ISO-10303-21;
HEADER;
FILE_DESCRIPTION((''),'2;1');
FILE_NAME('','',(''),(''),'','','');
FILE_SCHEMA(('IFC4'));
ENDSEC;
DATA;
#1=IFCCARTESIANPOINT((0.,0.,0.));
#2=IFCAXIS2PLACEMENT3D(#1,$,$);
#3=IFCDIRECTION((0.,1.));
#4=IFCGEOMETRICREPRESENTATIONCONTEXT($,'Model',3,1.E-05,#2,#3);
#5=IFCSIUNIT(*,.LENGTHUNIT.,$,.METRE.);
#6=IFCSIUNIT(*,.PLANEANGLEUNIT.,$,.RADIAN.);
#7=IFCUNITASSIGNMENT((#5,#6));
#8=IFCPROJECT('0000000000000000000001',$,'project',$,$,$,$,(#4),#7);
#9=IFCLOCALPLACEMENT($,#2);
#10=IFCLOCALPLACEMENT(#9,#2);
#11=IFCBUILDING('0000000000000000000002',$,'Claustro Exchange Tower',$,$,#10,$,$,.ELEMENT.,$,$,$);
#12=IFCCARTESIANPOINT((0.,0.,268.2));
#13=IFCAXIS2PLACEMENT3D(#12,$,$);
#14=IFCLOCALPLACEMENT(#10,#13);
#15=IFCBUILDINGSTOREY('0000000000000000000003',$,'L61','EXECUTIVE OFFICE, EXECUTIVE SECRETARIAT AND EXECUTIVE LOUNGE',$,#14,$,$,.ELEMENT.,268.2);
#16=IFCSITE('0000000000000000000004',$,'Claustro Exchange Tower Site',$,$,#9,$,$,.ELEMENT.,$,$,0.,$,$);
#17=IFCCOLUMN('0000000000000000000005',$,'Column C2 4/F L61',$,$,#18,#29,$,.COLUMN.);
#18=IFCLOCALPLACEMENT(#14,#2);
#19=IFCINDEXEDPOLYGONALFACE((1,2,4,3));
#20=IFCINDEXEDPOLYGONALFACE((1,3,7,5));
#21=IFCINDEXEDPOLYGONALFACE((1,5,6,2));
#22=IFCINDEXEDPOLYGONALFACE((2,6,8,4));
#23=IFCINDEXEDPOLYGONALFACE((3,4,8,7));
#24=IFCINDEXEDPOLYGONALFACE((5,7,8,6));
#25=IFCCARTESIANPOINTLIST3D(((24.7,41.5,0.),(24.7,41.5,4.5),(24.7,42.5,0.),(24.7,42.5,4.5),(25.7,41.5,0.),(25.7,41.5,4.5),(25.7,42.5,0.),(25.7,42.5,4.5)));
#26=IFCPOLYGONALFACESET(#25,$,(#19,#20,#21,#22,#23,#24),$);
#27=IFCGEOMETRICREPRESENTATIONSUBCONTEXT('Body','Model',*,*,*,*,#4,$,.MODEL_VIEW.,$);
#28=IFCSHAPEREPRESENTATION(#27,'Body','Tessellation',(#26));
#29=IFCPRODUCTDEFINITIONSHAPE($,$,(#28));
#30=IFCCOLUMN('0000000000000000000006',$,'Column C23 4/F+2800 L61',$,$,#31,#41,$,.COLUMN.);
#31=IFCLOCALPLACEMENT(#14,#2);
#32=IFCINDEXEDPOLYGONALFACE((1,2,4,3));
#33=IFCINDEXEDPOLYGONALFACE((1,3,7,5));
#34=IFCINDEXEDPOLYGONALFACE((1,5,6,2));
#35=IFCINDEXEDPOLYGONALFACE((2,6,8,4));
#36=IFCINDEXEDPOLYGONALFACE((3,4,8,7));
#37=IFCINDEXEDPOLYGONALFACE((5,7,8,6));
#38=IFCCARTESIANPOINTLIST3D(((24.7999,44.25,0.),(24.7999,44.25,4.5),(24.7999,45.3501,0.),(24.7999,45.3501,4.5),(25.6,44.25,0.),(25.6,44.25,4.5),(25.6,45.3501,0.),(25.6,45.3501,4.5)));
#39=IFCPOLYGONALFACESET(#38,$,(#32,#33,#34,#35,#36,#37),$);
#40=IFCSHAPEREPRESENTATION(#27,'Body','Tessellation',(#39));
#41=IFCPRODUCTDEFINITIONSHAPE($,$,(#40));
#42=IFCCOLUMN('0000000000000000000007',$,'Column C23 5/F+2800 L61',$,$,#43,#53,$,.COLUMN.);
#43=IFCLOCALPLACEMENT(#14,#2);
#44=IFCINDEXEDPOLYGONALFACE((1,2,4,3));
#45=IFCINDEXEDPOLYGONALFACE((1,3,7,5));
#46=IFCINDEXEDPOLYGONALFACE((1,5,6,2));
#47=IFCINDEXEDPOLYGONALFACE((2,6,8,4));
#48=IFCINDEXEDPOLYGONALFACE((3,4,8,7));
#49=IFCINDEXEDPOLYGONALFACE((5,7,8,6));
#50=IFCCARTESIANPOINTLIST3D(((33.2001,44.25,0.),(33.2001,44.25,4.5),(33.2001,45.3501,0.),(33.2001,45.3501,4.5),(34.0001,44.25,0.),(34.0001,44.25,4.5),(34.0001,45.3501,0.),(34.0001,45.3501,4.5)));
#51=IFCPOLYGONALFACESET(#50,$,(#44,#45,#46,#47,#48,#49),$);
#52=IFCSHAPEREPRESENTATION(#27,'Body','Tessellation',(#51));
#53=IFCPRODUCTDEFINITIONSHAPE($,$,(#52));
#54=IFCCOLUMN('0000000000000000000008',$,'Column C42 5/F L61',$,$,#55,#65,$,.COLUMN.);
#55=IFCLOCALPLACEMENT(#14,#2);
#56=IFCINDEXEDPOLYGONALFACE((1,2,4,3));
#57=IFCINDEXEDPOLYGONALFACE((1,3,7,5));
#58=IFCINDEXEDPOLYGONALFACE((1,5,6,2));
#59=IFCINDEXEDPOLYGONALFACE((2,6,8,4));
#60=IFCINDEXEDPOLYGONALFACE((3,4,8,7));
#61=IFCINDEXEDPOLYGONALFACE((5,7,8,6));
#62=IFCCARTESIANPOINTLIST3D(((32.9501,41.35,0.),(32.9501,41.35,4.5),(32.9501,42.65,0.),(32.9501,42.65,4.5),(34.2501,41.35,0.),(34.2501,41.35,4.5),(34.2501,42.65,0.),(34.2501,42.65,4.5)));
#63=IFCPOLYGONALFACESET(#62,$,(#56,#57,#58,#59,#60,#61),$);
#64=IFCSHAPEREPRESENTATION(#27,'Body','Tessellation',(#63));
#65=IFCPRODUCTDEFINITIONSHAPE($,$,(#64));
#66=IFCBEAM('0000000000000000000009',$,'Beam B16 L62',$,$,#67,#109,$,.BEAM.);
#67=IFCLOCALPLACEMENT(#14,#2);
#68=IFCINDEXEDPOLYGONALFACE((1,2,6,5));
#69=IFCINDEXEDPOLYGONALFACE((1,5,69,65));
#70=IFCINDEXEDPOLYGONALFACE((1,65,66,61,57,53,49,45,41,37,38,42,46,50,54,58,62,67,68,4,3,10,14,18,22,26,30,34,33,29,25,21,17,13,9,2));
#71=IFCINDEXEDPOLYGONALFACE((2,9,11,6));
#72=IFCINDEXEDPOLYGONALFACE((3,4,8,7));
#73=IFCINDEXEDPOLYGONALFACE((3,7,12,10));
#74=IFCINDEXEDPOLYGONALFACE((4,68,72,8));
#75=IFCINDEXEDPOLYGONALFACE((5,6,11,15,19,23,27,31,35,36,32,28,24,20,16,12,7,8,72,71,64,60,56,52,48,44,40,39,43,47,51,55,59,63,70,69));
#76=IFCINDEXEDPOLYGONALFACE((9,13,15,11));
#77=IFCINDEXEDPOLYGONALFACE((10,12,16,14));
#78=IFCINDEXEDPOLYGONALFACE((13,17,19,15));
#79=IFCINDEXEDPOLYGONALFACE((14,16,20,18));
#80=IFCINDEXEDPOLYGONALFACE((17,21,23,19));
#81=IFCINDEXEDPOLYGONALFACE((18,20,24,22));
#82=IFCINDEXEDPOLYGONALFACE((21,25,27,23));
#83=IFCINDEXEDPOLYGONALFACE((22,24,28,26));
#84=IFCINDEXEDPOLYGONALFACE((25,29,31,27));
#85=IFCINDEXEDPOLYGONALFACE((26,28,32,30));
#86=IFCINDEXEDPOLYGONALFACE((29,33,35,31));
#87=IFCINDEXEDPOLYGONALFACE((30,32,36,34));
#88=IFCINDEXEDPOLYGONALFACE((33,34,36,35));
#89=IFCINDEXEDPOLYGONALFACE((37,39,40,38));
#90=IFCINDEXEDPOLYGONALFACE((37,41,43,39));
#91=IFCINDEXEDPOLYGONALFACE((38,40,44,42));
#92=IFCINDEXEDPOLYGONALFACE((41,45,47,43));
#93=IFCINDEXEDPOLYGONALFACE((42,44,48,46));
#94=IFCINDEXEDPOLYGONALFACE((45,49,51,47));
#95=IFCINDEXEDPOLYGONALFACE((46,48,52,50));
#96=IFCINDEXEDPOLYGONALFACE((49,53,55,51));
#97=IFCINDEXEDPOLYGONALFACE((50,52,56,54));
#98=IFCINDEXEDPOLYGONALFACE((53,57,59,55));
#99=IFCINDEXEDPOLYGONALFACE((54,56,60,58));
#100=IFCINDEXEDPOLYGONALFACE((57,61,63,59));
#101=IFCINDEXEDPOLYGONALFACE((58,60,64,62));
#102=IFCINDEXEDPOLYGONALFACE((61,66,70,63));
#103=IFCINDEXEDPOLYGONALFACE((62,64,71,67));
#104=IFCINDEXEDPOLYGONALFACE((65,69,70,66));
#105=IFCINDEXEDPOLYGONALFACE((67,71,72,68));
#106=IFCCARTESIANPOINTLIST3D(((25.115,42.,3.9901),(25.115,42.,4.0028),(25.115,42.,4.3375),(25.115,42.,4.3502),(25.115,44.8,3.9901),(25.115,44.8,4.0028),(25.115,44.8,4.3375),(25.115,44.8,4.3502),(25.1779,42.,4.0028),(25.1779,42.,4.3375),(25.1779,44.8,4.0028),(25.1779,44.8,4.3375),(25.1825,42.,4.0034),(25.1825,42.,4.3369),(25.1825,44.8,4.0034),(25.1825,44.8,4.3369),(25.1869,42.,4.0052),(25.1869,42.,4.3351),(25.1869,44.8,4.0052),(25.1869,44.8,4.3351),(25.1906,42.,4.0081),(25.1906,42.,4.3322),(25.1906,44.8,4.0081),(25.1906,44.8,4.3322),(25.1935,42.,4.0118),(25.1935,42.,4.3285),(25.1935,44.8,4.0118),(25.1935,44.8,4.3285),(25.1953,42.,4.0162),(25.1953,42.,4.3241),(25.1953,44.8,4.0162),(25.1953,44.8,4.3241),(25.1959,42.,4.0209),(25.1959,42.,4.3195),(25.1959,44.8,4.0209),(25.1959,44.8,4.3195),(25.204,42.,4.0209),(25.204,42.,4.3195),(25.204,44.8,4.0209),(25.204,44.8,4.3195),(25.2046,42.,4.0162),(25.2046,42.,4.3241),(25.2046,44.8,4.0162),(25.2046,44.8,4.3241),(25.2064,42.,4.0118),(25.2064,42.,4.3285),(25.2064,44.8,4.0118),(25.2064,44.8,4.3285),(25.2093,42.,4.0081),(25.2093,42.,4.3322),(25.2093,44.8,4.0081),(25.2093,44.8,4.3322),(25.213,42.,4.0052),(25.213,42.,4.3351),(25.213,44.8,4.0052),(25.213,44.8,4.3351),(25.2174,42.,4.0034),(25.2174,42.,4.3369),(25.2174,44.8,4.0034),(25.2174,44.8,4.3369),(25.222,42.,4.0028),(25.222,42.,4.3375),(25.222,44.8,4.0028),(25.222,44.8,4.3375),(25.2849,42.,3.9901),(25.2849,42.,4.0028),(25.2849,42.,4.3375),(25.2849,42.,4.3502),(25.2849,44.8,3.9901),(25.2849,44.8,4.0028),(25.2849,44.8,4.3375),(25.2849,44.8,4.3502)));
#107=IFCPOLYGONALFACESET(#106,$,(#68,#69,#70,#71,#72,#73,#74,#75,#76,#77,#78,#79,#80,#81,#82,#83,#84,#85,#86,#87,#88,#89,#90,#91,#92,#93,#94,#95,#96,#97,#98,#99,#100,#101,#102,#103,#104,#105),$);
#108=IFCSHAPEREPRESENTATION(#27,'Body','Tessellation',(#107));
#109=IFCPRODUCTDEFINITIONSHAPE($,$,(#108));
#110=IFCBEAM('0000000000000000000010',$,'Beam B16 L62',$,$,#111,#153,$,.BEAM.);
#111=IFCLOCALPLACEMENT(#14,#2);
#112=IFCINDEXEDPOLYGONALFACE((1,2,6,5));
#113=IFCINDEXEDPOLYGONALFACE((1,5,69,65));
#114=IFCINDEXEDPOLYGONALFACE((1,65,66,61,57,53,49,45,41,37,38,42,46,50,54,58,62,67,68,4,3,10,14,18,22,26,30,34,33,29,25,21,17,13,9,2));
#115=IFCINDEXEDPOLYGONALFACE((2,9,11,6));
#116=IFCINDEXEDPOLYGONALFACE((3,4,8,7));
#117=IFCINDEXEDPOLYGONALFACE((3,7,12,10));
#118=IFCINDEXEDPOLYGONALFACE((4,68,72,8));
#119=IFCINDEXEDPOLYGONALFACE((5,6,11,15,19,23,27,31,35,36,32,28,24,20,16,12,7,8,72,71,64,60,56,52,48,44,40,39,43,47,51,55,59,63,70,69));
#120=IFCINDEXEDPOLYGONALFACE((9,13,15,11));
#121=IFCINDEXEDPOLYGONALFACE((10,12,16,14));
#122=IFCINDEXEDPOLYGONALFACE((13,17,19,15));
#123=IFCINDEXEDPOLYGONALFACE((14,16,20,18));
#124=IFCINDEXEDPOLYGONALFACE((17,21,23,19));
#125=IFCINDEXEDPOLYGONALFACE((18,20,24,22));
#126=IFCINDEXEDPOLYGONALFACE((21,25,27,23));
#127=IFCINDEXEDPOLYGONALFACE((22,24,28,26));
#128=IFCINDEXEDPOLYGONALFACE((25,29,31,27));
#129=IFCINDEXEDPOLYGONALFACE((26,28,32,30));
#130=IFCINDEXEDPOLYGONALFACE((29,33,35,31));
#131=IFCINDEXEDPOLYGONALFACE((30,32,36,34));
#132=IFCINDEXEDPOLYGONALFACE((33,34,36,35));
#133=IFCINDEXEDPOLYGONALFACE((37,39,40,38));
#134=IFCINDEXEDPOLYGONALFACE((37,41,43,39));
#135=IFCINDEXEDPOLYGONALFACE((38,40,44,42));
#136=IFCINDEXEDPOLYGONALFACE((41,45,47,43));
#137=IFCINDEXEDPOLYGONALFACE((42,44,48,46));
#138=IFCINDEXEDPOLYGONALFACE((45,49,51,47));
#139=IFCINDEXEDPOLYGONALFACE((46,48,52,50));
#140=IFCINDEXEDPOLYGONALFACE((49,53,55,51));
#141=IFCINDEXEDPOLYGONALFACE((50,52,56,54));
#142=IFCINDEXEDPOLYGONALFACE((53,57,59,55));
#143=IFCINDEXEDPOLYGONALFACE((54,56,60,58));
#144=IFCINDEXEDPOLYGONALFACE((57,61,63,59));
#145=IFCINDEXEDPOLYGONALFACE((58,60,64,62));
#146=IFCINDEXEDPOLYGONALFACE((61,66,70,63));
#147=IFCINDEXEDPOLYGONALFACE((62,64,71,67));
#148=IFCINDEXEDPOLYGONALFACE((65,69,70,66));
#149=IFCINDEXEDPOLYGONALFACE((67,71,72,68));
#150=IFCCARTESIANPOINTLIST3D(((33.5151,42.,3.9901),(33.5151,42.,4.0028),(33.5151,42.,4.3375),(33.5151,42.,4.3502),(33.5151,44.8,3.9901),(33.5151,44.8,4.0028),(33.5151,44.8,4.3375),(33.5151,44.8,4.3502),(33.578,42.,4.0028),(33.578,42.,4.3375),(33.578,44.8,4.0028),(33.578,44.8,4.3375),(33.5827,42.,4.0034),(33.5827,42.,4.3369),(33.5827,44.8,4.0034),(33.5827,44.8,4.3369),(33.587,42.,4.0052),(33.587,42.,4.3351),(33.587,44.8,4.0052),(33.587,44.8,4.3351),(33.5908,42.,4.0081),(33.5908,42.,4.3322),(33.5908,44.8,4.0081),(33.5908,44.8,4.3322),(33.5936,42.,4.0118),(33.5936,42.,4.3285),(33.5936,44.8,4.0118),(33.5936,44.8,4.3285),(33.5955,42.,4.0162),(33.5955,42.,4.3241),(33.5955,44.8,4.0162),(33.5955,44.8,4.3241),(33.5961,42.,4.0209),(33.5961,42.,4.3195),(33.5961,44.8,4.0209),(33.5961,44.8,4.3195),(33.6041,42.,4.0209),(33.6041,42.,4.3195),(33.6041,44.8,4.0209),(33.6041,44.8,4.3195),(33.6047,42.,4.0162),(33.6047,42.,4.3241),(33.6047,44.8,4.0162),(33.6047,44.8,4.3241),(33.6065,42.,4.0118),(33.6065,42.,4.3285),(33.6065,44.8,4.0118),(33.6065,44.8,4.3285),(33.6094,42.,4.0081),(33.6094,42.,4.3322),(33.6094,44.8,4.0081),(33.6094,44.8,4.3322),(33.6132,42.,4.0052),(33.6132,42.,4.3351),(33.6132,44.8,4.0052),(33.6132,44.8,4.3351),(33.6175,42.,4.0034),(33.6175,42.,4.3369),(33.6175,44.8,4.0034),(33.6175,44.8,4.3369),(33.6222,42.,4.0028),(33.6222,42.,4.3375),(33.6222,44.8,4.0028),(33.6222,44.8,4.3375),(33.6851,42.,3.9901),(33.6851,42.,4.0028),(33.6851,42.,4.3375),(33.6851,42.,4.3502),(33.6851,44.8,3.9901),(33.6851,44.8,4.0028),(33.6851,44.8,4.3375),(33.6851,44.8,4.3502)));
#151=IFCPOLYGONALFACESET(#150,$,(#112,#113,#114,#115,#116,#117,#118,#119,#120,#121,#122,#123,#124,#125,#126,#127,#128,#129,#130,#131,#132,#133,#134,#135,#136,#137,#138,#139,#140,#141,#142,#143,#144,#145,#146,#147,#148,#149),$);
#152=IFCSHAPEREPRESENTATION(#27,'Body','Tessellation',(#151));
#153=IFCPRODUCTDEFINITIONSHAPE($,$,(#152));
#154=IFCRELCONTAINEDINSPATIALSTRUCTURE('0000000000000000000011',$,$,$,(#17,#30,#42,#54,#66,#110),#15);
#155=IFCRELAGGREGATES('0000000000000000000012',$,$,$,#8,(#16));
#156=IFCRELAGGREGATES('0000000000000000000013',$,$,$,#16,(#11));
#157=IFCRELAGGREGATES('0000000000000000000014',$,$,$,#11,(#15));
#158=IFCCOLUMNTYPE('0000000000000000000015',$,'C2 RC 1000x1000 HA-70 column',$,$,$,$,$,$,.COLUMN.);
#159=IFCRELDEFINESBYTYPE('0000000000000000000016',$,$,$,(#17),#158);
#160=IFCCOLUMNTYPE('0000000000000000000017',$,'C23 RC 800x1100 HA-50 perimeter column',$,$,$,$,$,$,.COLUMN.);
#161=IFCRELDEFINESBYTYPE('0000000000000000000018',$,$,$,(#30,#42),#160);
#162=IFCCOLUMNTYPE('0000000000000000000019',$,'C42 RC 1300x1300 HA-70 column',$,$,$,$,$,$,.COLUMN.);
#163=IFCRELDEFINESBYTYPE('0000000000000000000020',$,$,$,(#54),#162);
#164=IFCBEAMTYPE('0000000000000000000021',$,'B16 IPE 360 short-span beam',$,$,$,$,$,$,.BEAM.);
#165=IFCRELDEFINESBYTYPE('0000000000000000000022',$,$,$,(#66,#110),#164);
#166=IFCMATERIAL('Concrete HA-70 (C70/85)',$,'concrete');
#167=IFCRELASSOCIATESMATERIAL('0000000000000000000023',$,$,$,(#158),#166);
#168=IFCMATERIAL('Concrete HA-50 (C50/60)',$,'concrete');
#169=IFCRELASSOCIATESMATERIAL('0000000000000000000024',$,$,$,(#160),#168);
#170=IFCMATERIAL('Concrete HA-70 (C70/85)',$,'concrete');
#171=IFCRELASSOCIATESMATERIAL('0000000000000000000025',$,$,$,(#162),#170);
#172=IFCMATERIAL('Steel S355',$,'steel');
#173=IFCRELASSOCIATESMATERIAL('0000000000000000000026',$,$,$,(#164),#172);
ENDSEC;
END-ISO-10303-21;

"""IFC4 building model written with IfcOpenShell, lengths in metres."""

from ifc_helpers import new_model, si_unit, direction, frame, origin, origin_2d, place, context, subcontext, project, spatial, rectangle, i_section, extrude, material, material_profile, profile_set, type_object, element, save


model = new_model("IFC4")

# Units and contexts
model_context = context("Model", 3, precision=1e-05, world=origin(), true_north=direction((0.0, 1.0)))
body_context = subcontext(model_context, "Body", "Model", "MODEL_VIEW")
ifc_project = project(units=[si_unit("LENGTHUNIT", "METRE"), si_unit("PLANEANGLEUNIT", "RADIAN")], contexts=[model_context])

# Site, building, storey
site_placement = place(None, origin())
site = spatial("IfcSite", under=ifc_project, at=site_placement, Name="Claustro Exchange Tower Site", CompositionType="ELEMENT", RefElevation=0.0)
building_placement = place(site_placement, origin())
building = spatial("IfcBuilding", under=site, at=building_placement, Name="Claustro Exchange Tower", CompositionType="ELEMENT")
storey_placement = place(building_placement, frame((0.0, 0.0, 268.2)))
storey = spatial("IfcBuildingStorey", under=building, at=storey_placement, Name="L61", Description="EXECUTIVE OFFICE, EXECUTIVE SECRETARIAT AND EXECUTIVE LOUNGE", CompositionType="ELEMENT", Elevation=268.2)

# Columns
ifc_material_1 = material(Name="Concrete HA-70 (C70/85)", Category="concrete")
ifc_material_profile_1 = material_profile(ifc_material_1, rectangle(XDim=1.0, YDim=1.0, at=origin_2d()), Name="RC 1000x1000")
ifc_profile_set_1 = profile_set([ifc_material_profile_1], Name="Concrete HA-70 (C70/85)")
column_type_1 = type_object("IfcColumnType", Name="C2 RC 1000x1000 HA-70 column", PredefinedType="COLUMN", material=ifc_profile_set_1)
column_1_placement = place(storey_placement, frame((25.2, 42.0, 0.0), z_axis=(0.0, 0.0, 1.0), x_axis=(1.0, 0.0, 0.0)))
element("IfcColumn", 1, at=column_1_placement, inside=storey, type_object=column_type_1, Name="Column C2 4/F L61", PredefinedType="COLUMN", context=body_context, shape_type="SweptSolid", body=[
    extrude(rectangle(XDim=1.0, YDim=1.0, at=origin_2d()), origin(), (0.0, 0.0, 1.0), 4.5),
])
ifc_material_2 = material(Name="Concrete HA-50 (C50/60)", Category="concrete")
ifc_material_profile_2 = material_profile(ifc_material_2, rectangle(XDim=0.8, YDim=1.1001, at=origin_2d()), Name="RC 800x1100")
ifc_profile_set_2 = profile_set([ifc_material_profile_2], Name="Concrete HA-50 (C50/60)")
column_type_2 = type_object("IfcColumnType", Name="C23 RC 800x1100 HA-50 perimeter column", PredefinedType="COLUMN", material=ifc_profile_set_2)
for number, where, z_axis, x_axis, name in (
    (2, (25.2, 44.8, 0.0), (0.0, 0.0, 1.0), (1.0, 0.0, 0.0), "Column C23 4/F+2800 L61"),
    (3, (33.6001, 44.8, 0.0), (0.0, 0.0, 1.0), (1.0, 0.0, 0.0), "Column C23 5/F+2800 L61"),
):
    element("IfcColumn", number, at=place(storey_placement, frame(where, z_axis=z_axis, x_axis=x_axis)), inside=storey, type_object=column_type_2, Name=name, PredefinedType="COLUMN", context=body_context, shape_type="SweptSolid", body=[
        extrude(rectangle(XDim=0.8, YDim=1.1001, at=origin_2d()), origin(), (0.0, 0.0, 1.0), 4.5),
    ])
ifc_material_3 = material(Name="Concrete HA-70 (C70/85)", Category="concrete")
ifc_material_profile_3 = material_profile(ifc_material_3, rectangle(XDim=1.3, YDim=1.3, at=origin_2d()), Name="RC 1300x1300")
ifc_profile_set_3 = profile_set([ifc_material_profile_3], Name="Concrete HA-70 (C70/85)")
column_type_3 = type_object("IfcColumnType", Name="C42 RC 1300x1300 HA-70 column", PredefinedType="COLUMN", material=ifc_profile_set_3)
column_2_placement = place(storey_placement, frame((33.6001, 42.0, 0.0), z_axis=(0.0, 0.0, 1.0), x_axis=(1.0, 0.0, 0.0)))
element("IfcColumn", 4, at=column_2_placement, inside=storey, type_object=column_type_3, Name="Column C42 5/F L61", PredefinedType="COLUMN", context=body_context, shape_type="SweptSolid", body=[
    extrude(rectangle(XDim=1.3, YDim=1.3, at=origin_2d()), origin(), (0.0, 0.0, 1.0), 4.5),
])

# Beams
ifc_material_4 = material(Name="Steel S355", Category="steel")
ifc_material_profile_4 = material_profile(ifc_material_4, i_section(OverallWidth=0.1699, OverallDepth=0.3601, WebThickness=0.0081, FlangeThickness=0.0127, FilletRadius=0.0181, at=origin_2d()), Name="IPE 360")
ifc_profile_set_4 = profile_set([ifc_material_profile_4], Name="Steel S355")
beam_type_1 = type_object("IfcBeamType", Name="B16 IPE 360 short-span beam", PredefinedType="BEAM", material=ifc_profile_set_4)
for number, where, z_axis, x_axis, name in (
    (5, (25.2, 42.0, 4.1702), (0.0, 1.0, 0.0), (-1.0, 0.0, 0.0), "Beam B16 L62"),
    (6, (33.6001, 42.0, 4.1702), (0.0, 1.0, 0.0), (-1.0, 0.0, 0.0), "Beam B16 L62"),
):
    element("IfcBeam", number, at=place(storey_placement, frame(where, z_axis=z_axis, x_axis=x_axis)), inside=storey, type_object=beam_type_1, Name=name, PredefinedType="BEAM", context=body_context, shape_type="SweptSolid", body=[
        extrude(i_section(OverallWidth=0.1699, OverallDepth=0.3601, WebThickness=0.0081, FlangeThickness=0.0127, FilletRadius=0.0181, at=origin_2d()), origin(), (0.0, 0.0, 1.0), 2.8),
    ])

save(model, "model.ifc")
